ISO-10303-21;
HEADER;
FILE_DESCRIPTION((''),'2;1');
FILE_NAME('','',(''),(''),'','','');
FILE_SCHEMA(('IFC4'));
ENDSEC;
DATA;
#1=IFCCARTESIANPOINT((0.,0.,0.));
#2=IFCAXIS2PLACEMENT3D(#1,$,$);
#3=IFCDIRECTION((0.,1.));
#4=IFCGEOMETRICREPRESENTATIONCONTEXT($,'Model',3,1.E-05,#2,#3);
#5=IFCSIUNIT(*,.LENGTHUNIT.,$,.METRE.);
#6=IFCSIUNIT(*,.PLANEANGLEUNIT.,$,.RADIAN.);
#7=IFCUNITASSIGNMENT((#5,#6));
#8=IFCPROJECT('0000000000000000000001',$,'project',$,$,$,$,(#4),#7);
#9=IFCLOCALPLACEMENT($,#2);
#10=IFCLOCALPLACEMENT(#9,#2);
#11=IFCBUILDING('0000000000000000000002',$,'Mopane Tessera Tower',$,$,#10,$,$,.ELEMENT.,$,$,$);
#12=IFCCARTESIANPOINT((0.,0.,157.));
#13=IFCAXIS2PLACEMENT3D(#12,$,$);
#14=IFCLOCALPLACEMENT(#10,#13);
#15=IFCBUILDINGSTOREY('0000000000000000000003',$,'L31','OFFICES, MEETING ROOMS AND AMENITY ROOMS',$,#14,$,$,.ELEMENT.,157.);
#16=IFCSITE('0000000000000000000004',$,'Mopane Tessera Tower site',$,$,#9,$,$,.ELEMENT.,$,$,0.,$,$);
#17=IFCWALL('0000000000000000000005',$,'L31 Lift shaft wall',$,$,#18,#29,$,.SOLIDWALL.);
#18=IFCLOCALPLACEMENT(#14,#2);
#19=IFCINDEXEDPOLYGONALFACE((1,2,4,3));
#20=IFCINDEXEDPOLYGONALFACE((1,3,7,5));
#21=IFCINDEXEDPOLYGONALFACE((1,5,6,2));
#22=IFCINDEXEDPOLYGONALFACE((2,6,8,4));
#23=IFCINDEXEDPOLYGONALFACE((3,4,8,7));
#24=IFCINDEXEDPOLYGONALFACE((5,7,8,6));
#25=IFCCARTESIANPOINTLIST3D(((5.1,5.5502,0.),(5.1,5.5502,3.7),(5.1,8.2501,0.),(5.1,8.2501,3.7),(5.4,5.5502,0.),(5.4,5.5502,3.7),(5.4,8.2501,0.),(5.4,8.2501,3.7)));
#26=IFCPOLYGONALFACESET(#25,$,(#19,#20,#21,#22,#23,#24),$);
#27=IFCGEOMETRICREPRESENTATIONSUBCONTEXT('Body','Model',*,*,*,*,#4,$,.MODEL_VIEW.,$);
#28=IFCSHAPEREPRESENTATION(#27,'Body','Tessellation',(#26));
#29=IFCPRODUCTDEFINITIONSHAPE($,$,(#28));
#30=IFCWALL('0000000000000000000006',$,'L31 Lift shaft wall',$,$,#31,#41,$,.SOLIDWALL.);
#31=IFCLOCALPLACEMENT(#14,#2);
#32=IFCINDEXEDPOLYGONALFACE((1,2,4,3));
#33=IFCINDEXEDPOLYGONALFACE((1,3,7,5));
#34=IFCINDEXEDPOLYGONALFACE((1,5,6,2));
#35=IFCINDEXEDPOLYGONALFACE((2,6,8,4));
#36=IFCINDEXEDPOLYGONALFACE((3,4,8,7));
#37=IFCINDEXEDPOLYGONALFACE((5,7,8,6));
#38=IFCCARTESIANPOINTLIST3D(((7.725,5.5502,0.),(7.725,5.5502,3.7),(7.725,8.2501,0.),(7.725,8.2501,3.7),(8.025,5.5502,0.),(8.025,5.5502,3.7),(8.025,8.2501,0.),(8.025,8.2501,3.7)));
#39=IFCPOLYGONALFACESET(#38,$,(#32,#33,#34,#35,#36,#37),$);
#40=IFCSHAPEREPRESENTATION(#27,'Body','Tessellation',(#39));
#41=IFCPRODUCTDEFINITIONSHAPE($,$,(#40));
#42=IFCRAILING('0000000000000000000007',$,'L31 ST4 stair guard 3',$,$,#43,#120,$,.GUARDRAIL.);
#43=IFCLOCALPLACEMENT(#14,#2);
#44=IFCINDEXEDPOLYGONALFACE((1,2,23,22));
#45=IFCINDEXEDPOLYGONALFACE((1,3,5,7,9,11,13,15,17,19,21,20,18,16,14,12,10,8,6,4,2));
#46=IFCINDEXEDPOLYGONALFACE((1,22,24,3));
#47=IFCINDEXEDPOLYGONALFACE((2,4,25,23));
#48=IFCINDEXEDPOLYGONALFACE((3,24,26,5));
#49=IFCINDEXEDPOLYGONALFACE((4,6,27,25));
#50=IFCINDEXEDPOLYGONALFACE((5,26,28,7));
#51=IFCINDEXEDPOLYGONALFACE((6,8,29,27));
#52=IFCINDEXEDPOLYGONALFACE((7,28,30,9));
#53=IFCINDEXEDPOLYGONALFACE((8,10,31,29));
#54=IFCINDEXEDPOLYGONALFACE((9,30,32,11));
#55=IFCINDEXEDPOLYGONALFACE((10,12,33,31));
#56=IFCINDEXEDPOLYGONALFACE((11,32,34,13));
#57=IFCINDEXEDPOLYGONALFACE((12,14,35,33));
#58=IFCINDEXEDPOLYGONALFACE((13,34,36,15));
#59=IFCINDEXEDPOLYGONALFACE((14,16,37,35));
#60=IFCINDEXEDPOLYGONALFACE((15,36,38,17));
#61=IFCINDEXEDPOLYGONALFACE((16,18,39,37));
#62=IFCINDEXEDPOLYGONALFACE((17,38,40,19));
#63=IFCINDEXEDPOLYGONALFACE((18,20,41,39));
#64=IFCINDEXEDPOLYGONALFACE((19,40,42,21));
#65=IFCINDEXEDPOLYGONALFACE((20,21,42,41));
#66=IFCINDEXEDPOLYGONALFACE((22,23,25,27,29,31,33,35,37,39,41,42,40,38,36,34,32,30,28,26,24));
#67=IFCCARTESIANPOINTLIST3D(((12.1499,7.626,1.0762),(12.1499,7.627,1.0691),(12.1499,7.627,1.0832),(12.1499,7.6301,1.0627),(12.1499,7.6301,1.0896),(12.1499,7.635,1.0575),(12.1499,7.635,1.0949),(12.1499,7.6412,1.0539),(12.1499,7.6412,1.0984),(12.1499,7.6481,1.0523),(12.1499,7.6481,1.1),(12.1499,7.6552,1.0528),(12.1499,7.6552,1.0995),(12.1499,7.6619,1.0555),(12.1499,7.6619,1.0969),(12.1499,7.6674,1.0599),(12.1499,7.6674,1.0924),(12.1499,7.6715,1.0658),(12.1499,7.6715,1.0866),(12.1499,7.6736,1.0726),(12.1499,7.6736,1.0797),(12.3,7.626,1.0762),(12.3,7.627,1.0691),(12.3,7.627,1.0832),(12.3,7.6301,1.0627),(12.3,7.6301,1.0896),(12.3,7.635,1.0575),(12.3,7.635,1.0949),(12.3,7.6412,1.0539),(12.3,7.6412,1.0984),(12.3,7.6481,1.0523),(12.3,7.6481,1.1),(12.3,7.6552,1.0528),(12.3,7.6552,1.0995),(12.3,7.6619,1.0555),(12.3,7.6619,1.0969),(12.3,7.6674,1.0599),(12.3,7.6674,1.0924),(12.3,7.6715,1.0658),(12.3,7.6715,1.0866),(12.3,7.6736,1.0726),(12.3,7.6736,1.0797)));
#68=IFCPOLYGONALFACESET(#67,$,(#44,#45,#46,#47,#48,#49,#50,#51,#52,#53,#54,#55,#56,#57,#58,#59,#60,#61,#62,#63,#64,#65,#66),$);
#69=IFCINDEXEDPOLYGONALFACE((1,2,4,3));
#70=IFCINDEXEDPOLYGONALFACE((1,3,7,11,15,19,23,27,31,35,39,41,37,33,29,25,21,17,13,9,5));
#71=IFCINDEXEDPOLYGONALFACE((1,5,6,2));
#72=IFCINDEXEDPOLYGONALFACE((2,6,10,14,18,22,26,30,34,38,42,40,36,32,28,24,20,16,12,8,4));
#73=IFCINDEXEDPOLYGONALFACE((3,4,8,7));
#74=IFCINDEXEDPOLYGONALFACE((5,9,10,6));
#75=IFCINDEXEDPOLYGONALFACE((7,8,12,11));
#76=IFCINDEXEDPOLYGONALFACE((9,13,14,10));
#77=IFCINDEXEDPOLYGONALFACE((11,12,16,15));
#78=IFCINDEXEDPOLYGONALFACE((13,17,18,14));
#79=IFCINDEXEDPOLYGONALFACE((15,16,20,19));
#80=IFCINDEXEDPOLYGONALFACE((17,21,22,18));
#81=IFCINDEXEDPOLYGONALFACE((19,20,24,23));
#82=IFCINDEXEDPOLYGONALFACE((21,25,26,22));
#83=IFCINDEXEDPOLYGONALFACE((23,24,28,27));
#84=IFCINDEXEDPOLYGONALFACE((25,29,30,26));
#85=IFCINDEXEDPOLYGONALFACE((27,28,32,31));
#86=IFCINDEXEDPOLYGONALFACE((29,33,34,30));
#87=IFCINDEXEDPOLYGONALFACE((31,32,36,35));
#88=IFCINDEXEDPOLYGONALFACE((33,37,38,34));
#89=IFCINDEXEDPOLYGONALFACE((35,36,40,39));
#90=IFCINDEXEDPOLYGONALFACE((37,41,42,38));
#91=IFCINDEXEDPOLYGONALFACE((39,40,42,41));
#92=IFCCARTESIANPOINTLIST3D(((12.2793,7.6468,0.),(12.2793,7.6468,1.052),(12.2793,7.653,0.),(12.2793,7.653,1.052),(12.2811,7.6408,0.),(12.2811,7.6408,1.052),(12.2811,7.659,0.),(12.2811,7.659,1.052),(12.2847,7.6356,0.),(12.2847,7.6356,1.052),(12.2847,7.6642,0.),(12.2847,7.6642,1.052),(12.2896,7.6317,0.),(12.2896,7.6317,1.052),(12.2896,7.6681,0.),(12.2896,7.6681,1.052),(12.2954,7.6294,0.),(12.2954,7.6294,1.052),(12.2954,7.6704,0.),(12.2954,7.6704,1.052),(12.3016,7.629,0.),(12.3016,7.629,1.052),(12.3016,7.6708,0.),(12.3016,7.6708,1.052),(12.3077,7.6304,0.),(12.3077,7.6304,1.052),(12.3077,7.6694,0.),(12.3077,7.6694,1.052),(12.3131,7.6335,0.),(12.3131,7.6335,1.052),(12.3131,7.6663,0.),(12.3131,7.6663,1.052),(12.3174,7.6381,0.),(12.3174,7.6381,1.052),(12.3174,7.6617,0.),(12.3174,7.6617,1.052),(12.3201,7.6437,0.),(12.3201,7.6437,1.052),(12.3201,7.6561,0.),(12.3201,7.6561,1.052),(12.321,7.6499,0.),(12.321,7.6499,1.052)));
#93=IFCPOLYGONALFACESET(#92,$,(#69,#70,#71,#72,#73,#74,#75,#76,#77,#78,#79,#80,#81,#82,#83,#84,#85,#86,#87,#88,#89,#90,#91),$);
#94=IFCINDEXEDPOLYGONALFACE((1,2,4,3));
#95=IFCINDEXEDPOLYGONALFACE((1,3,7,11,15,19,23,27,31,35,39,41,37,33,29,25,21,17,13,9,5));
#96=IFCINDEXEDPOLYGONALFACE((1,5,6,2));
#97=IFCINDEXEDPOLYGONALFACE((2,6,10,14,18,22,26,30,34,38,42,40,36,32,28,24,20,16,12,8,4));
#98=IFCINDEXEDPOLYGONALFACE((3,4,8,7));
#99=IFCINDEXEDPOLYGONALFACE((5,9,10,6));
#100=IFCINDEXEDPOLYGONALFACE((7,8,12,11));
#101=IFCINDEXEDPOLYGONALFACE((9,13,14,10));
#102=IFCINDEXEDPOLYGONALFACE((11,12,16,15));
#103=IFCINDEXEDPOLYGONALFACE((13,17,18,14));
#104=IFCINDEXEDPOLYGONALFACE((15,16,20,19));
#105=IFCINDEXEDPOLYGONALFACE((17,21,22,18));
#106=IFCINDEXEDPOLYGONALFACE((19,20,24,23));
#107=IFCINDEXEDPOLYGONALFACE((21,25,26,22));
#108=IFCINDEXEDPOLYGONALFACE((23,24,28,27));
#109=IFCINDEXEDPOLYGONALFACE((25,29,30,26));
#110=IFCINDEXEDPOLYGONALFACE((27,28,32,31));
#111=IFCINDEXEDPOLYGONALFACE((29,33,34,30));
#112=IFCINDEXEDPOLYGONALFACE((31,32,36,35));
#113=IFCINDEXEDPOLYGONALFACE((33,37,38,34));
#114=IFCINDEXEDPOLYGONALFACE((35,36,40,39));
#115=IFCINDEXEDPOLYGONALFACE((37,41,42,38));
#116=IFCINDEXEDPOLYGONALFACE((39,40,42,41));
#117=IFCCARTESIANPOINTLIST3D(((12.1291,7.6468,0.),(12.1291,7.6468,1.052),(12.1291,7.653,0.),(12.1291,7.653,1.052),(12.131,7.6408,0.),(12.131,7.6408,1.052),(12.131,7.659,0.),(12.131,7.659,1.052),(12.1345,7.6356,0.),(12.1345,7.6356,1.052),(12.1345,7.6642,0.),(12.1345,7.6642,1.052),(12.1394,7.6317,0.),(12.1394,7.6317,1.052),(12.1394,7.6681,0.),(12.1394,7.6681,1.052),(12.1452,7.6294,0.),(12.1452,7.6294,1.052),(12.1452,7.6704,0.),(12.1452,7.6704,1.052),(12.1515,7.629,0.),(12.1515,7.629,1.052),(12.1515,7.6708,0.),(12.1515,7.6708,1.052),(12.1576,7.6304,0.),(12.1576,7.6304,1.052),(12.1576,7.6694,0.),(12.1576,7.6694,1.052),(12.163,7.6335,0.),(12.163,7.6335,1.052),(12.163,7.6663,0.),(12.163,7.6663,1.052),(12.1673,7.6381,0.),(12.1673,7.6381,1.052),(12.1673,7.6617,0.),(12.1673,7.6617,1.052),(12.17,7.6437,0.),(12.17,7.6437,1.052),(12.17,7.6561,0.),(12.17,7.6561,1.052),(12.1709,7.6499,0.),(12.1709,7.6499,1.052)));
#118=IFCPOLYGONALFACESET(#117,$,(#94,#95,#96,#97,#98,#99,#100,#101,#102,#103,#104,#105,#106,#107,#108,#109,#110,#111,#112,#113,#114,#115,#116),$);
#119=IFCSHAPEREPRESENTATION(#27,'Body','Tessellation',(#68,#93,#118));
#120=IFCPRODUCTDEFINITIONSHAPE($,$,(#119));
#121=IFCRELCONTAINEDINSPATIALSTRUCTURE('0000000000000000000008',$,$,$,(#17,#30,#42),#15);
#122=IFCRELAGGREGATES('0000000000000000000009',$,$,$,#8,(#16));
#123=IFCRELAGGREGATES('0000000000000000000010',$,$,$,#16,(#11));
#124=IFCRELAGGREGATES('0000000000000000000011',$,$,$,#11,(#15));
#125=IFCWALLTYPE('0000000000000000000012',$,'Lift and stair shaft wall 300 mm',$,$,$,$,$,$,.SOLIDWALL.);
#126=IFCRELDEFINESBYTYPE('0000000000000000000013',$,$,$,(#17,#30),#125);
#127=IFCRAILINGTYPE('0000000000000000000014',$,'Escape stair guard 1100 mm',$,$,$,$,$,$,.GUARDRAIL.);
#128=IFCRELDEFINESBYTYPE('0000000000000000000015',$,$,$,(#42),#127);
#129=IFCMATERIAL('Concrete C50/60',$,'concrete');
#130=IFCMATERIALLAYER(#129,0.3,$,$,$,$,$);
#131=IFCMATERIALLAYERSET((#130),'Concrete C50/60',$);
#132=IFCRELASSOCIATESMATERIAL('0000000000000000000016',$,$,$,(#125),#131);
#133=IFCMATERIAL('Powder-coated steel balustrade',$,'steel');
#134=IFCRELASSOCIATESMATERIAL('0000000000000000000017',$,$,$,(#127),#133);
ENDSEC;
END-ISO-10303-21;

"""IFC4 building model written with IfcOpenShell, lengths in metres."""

from ifc_helpers import new_model, si_unit, direction, frame, frame_2d, origin, origin_2d, place, context, subcontext, project, spatial, rectangle, circle, extrude, material, layer, layer_set, type_object, element, save


model = new_model("IFC4")

# Units and contexts
model_context = context("Model", 3, precision=1e-05, world=origin(), true_north=direction((0.0, 1.0)))
body_context = subcontext(model_context, "Body", "Model", "MODEL_VIEW")
ifc_project = project(units=[si_unit("LENGTHUNIT", "METRE"), si_unit("PLANEANGLEUNIT", "RADIAN")], contexts=[model_context])

# Site, building, storey
site_placement = place(None, origin())
site = spatial("IfcSite", under=ifc_project, at=site_placement, Name="Mopane Tessera Tower site", CompositionType="ELEMENT", RefElevation=0.0)
building_placement = place(site_placement, origin())
building = spatial("IfcBuilding", under=site, at=building_placement, Name="Mopane Tessera Tower", CompositionType="ELEMENT")
storey_placement = place(building_placement, frame((0.0, 0.0, 157.0)))
storey = spatial("IfcBuildingStorey", under=building, at=storey_placement, Name="L31", Description="OFFICES, MEETING ROOMS AND AMENITY ROOMS", CompositionType="ELEMENT", Elevation=157.0)

# Shared definitions
ifc_material_1 = material(Name="Concrete C50/60", Category="concrete")
ifc_layer_1 = layer(ifc_material_1, 0.3)
ifc_layer_set_1 = layer_set([ifc_layer_1], Name="Concrete C50/60")
wall_type_1 = type_object("IfcWallType", Name="Lift and stair shaft wall 300 mm", PredefinedType="SOLIDWALL", material=ifc_layer_set_1)

# Walls
for number, where, z_axis, x_axis, name in (
    (1, (5.25, 5.55, 0.0), (0.0, 0.0, 1.0), (0.0, 1.0, 0.0), "L31 Lift shaft wall"),
    (2, (7.875, 5.55, 0.0), (0.0, 0.0, 1.0), (0.0, 1.0, 0.0), "L31 Lift shaft wall"),
):
    element("IfcWall", number, at=place(storey_placement, frame(where, z_axis=z_axis, x_axis=x_axis)), inside=storey, type_object=wall_type_1, Name=name, PredefinedType="SOLIDWALL", context=body_context, shape_type="SweptSolid", body=[
        extrude(rectangle(XDim=2.7, YDim=0.3, at=frame_2d((1.3501, 0.0))), origin(), (0.0, 0.0, 1.0), 3.7),
    ])

# Railing
ifc_material_2 = material(Name="Powder-coated steel balustrade", Category="steel")
railing_type = type_object("IfcRailingType", Name="Escape stair guard 1100 mm", PredefinedType="GUARDRAIL", material=ifc_material_2)
railing_1_placement = place(storey_placement, frame((12.3, 7.6499, 0.0)))
element("IfcRailing", 3, at=railing_1_placement, inside=storey, type_object=railing_type, Name="L31 ST4 stair guard 3", PredefinedType="GUARDRAIL", context=body_context, shape_type="SweptSolid", body=[
    extrude(circle(Radius=0.0239, at=origin_2d()), frame((0.0, 0.0, 1.0762), z_axis=(-1.0, 0.0, 0.0), x_axis=(0.0, -1.0, 0.0)), (0.0, 0.0, 1.0), 0.1501),
    extrude(circle(Radius=0.021, at=origin_2d()), origin(), (0.0, 0.0, 1.0), 1.052),
    extrude(circle(Radius=0.021, at=origin_2d()), frame((-0.1501, 0.0, 0.0)), (0.0, 0.0, 1.0), 1.052),
])

save(model, "model.ifc")
